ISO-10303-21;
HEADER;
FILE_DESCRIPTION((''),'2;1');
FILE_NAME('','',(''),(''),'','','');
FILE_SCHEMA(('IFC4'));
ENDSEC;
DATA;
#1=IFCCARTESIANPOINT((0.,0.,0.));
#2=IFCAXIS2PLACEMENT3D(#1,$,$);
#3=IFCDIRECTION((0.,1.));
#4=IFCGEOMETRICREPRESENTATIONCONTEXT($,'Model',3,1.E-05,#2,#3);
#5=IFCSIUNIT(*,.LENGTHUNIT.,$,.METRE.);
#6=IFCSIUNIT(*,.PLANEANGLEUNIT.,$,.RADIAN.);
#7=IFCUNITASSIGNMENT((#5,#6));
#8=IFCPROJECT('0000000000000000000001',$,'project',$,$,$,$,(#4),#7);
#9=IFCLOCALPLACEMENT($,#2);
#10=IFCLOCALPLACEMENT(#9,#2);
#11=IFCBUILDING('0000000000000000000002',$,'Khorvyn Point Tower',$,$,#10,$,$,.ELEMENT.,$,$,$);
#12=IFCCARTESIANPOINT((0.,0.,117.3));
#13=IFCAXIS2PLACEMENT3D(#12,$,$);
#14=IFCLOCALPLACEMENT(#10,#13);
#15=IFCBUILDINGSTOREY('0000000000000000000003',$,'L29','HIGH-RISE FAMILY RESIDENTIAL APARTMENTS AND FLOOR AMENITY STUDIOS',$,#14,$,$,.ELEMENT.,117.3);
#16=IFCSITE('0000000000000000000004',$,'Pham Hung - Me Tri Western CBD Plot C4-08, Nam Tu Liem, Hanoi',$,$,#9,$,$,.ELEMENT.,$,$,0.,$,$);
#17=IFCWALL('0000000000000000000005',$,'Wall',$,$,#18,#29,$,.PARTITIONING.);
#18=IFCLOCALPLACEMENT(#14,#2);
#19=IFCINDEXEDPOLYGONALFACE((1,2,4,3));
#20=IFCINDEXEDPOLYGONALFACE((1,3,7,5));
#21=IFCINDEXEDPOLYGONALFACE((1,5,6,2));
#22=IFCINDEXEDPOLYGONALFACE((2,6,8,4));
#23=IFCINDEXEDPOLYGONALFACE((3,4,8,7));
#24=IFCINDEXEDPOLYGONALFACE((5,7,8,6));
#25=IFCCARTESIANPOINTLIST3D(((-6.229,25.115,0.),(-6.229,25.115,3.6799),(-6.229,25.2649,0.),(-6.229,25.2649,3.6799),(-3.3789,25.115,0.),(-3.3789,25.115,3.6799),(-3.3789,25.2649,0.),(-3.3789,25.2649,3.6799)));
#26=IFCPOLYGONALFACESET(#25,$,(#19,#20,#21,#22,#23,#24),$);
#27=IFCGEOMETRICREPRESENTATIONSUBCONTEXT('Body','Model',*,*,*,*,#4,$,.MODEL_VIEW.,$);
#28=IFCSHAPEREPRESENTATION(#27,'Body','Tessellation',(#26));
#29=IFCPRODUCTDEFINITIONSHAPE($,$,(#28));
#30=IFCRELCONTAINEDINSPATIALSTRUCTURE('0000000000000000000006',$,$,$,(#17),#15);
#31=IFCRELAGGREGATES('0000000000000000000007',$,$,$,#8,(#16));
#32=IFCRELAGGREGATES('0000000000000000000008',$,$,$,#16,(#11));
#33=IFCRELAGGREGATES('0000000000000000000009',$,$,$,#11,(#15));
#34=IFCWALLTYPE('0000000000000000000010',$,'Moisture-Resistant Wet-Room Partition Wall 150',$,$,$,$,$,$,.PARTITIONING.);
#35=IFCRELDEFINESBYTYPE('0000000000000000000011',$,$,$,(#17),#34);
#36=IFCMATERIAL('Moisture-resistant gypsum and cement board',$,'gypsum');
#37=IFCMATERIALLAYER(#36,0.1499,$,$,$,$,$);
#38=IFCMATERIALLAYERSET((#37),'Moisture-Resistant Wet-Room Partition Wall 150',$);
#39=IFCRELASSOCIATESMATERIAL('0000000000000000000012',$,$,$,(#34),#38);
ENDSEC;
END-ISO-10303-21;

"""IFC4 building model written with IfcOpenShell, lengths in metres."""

from ifc_helpers import new_model, si_unit, direction, frame, frame_2d, origin, place, context, subcontext, project, spatial, rectangle, extrude, material, layer, layer_set, type_object, element, save


model = new_model("IFC4")

# Units and contexts
model_context = context("Model", 3, precision=1e-05, world=origin(), true_north=direction((0.0, 1.0)))
body_context = subcontext(model_context, "Body", "Model", "MODEL_VIEW")
ifc_project = project(units=[si_unit("LENGTHUNIT", "METRE"), si_unit("PLANEANGLEUNIT", "RADIAN")], contexts=[model_context])

# Site, building, storey
site_placement = place(None, origin())
site = spatial("IfcSite", under=ifc_project, at=site_placement, Name="Pham Hung - Me Tri Western CBD Plot C4-08, Nam Tu Liem, Hanoi", CompositionType="ELEMENT", RefElevation=0.0)
building_placement = place(site_placement, origin())
building = spatial("IfcBuilding", under=site, at=building_placement, Name="Khorvyn Point Tower", CompositionType="ELEMENT")
storey_placement = place(building_placement, frame((0.0, 0.0, 117.3)))
storey = spatial("IfcBuildingStorey", under=building, at=storey_placement, Name="L29", Description="HIGH-RISE FAMILY RESIDENTIAL APARTMENTS AND FLOOR AMENITY STUDIOS", CompositionType="ELEMENT", Elevation=117.3)

# Shared definitions
ifc_material_1 = material(Name="Moisture-resistant gypsum and cement board", Category="gypsum")
ifc_layer_1 = layer(ifc_material_1, 0.1499)
ifc_layer_set_1 = layer_set([ifc_layer_1], Name="Moisture-Resistant Wet-Room Partition Wall 150")
wall_type_1 = type_object("IfcWallType", Name="Moisture-Resistant Wet-Room Partition Wall 150", PredefinedType="PARTITIONING", material=ifc_layer_set_1)

# Wall
for number, where, z_axis, x_axis, name in (
    (1, (-6.229, 25.1899, 0.0), (0.0, 0.0, 1.0), (1.0, 0.0, 0.0), "Wall"),
):
    element("IfcWall", number, at=place(storey_placement, frame(where, z_axis=z_axis, x_axis=x_axis)), inside=storey, type_object=wall_type_1, Name=name, PredefinedType="PARTITIONING", context=body_context, shape_type="SweptSolid", body=[
        extrude(rectangle(XDim=2.8501, YDim=0.1499, at=frame_2d((1.425, 0.0))), origin(), (0.0, 0.0, 1.0), 3.6799),
    ])

save(model, "model.ifc")
